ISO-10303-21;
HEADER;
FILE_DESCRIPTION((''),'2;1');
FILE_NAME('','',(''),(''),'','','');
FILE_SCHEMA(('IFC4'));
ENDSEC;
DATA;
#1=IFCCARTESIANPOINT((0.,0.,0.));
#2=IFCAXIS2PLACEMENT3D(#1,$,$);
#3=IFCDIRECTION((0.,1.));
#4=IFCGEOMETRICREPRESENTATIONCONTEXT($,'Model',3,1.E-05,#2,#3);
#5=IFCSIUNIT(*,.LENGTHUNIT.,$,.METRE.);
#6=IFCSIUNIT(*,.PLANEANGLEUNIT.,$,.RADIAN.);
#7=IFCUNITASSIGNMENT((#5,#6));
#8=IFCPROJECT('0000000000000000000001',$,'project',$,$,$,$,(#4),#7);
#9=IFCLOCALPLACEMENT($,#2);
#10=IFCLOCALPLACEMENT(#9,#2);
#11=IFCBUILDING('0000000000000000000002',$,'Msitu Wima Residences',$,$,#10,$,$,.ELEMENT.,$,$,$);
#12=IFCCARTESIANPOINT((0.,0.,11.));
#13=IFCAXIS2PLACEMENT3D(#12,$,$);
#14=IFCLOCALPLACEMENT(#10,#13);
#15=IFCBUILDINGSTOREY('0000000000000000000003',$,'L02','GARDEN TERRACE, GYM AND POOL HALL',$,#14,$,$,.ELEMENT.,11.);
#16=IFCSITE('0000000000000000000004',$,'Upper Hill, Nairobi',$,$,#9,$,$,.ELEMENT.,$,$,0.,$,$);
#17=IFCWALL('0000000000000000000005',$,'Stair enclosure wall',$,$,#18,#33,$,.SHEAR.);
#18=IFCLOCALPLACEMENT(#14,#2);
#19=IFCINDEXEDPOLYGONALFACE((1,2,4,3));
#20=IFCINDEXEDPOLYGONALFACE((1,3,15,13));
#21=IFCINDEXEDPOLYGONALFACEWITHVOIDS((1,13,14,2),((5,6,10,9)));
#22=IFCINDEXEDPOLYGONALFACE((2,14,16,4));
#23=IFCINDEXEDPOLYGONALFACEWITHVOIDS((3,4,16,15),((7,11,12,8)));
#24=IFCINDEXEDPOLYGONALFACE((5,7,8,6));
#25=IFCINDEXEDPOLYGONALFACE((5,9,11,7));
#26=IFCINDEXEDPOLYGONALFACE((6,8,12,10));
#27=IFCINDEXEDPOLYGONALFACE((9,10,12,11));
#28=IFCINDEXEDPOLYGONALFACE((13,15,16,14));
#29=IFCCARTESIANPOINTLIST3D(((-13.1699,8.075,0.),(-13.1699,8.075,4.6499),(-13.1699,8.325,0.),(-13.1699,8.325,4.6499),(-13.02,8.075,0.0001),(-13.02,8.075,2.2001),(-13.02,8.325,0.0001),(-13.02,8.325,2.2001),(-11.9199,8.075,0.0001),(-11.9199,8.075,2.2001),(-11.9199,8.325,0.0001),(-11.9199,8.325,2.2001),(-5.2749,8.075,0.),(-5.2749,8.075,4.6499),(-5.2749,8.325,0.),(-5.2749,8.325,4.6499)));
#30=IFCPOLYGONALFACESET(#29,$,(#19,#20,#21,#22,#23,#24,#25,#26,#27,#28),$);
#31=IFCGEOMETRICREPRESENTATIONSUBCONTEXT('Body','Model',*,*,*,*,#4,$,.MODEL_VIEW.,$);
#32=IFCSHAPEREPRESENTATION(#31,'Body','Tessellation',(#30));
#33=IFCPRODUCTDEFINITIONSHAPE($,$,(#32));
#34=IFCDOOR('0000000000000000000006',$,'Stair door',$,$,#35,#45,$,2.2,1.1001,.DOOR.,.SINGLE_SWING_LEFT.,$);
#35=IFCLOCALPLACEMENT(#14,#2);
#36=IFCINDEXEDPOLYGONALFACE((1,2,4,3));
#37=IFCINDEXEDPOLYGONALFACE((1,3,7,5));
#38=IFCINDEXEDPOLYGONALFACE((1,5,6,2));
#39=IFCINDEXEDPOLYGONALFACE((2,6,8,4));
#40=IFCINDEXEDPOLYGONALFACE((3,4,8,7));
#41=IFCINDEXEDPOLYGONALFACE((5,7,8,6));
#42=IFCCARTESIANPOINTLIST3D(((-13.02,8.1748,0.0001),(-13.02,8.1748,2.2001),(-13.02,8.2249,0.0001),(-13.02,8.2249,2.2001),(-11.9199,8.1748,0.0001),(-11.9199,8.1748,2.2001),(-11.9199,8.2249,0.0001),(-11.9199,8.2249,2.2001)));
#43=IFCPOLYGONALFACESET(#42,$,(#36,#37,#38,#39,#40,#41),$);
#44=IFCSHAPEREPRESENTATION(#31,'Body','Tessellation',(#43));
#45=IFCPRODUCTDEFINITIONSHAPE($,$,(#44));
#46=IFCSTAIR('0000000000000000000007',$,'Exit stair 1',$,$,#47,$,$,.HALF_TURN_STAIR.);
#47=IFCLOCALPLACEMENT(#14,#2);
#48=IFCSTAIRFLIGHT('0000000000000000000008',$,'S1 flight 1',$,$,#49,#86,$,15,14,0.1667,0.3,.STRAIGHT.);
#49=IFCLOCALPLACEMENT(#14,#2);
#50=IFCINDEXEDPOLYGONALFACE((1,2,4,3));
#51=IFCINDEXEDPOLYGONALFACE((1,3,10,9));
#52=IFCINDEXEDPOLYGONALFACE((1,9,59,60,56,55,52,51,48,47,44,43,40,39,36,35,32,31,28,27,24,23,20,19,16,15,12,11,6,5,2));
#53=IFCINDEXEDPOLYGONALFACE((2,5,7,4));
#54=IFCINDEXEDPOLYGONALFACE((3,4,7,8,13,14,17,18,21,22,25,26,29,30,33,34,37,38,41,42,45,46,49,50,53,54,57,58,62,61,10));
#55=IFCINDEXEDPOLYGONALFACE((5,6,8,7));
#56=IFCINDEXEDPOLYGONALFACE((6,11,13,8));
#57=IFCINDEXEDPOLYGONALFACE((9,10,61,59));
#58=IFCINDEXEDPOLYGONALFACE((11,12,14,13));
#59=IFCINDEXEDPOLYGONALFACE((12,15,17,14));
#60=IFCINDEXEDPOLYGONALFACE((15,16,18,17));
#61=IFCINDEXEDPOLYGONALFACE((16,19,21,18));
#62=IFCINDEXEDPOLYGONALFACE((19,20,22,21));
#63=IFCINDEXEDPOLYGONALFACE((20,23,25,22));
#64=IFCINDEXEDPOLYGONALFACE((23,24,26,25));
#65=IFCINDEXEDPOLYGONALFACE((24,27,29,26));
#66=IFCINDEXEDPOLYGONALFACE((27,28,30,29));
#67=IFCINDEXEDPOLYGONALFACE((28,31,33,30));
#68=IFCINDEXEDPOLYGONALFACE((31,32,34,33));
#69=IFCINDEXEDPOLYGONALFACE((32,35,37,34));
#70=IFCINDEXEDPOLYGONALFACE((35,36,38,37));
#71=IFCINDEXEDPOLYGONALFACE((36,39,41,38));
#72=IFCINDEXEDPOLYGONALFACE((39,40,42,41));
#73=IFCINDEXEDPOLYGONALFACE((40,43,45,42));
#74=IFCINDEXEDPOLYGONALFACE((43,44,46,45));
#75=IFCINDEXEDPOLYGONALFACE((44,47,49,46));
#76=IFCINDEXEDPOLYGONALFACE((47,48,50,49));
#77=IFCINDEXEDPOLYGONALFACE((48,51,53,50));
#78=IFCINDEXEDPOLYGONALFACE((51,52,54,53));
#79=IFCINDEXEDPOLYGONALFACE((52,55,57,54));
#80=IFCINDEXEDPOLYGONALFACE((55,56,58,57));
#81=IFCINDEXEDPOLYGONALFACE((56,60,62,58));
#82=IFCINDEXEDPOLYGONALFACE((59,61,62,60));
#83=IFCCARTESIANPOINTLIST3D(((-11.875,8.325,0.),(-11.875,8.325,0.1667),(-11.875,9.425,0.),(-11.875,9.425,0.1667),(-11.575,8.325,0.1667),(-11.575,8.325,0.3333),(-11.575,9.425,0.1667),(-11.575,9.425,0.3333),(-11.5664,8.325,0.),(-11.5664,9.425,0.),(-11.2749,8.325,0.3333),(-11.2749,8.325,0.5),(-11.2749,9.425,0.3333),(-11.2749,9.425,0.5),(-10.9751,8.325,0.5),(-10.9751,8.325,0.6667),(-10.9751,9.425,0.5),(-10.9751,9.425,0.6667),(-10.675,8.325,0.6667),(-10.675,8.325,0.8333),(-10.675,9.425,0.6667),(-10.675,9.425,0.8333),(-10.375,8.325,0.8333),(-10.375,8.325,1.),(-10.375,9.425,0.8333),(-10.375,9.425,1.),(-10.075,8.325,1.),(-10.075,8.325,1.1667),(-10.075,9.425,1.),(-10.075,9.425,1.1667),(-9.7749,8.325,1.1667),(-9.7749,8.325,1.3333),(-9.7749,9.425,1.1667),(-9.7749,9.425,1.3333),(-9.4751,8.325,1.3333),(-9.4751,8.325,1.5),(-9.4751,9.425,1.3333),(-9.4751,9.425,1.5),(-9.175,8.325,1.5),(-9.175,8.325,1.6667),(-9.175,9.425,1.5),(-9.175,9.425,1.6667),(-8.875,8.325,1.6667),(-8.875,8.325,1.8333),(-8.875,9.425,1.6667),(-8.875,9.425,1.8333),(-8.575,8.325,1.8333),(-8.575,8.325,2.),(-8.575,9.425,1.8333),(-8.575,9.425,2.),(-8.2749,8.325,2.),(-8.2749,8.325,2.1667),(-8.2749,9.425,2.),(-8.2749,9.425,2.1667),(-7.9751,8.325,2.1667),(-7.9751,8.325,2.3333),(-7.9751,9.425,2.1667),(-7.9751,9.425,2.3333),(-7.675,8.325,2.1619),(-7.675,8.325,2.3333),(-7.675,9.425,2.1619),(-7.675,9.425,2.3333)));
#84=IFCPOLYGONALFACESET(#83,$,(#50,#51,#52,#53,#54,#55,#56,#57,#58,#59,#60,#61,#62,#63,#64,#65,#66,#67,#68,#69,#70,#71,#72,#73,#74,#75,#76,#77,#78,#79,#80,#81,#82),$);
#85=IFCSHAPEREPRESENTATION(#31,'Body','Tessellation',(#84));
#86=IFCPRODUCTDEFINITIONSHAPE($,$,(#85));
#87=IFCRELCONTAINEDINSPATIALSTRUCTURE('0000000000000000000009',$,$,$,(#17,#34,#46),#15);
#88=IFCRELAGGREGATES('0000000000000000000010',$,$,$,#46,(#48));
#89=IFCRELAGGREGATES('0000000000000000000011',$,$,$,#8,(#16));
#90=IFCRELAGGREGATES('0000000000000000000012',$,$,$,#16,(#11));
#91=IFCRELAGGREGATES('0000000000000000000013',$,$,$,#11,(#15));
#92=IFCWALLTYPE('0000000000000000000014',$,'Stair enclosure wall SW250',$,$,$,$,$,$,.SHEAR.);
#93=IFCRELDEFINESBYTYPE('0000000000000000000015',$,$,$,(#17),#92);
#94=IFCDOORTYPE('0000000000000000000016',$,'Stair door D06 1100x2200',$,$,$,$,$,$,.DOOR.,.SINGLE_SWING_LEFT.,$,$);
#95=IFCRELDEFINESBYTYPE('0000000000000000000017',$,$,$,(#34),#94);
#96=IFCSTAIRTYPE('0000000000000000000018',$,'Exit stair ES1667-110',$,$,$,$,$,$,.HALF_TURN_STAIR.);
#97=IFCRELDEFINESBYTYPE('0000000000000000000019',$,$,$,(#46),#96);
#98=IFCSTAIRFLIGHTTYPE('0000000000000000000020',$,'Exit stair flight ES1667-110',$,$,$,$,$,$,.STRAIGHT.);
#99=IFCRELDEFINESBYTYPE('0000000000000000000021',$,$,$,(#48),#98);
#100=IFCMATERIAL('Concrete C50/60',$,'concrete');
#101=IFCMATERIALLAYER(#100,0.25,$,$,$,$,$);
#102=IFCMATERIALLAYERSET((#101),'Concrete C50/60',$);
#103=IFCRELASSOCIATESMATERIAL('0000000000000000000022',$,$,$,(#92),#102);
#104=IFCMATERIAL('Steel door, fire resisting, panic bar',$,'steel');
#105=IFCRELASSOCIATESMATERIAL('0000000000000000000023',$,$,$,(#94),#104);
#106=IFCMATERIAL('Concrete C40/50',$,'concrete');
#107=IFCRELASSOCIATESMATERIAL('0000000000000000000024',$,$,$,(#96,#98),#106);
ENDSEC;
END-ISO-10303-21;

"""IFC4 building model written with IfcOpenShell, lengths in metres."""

from ifc_helpers import new_model, si_unit, direction, frame, frame_2d, origin, place, context, subcontext, project, spatial, polyline, rectangle, outline, extrude, material, layer, layer_set, type_object, element, fill, aggregate, save


model = new_model("IFC4")

# Units and contexts
model_context = context("Model", 3, precision=1e-05, world=origin(), true_north=direction((0.0, 1.0)))
body_context = subcontext(model_context, "Body", "Model", "MODEL_VIEW")
ifc_project = project(units=[si_unit("LENGTHUNIT", "METRE"), si_unit("PLANEANGLEUNIT", "RADIAN")], contexts=[model_context])

# Site, building, storey
site_placement = place(None, origin())
site = spatial("IfcSite", under=ifc_project, at=site_placement, Name="Upper Hill, Nairobi", CompositionType="ELEMENT", RefElevation=0.0)
building_placement = place(site_placement, origin())
building = spatial("IfcBuilding", under=site, at=building_placement, Name="Msitu Wima Residences", CompositionType="ELEMENT")
storey_placement = place(building_placement, frame((0.0, 0.0, 11.0)))
storey = spatial("IfcBuildingStorey", under=building, at=storey_placement, Name="L02", Description="GARDEN TERRACE, GYM AND POOL HALL", CompositionType="ELEMENT", Elevation=11.0)

# Wall, opening, door
ifc_material_1 = material(Name="Concrete C50/60", Category="concrete")
ifc_layer_1 = layer(ifc_material_1, 0.25)
ifc_layer_set_1 = layer_set([ifc_layer_1], Name="Concrete C50/60")
wall_type_1 = type_object("IfcWallType", Name="Stair enclosure wall SW250", PredefinedType="SHEAR", material=ifc_layer_set_1)
wall_1_placement = place(storey_placement, frame((-13.1699, 8.2, 0.0), z_axis=(0.0, 0.0, 1.0), x_axis=(1.0, 0.0, 0.0)))
wall_1 = element("IfcWall", 1, at=wall_1_placement, inside=storey, type_object=wall_type_1, Name="Stair enclosure wall", PredefinedType="SHEAR", context=body_context, shape_type="SweptSolid", body=[
    extrude(rectangle(XDim=7.895, YDim=0.25, at=frame_2d((3.9475, 0.0))), origin(), (0.0, 0.0, 1.0), 4.6499),
])
opening_1_placement = place(wall_1_placement, frame((0.1499, 0.0, 0.0)))
opening_1 = element("IfcOpeningElement", 2, at=opening_1_placement, cuts=wall_1, PredefinedType="OPENING", context=body_context, shape_type="SweptSolid", body=[
    extrude(rectangle(XDim=1.1001, YDim=2.2, at=frame_2d((0.55, 1.1001))), frame((0.0, 0.135, 0.0), z_axis=(0.0, -1.0, 0.0), x_axis=(1.0, 0.0, 0.0)), (0.0, 0.0, 1.0), 0.27),
])
ifc_material_2 = material(Name="Steel door, fire resisting, panic bar", Category="steel")
door_type_1 = type_object("IfcDoorType", Name="Stair door D06 1100x2200", OperationType="SINGLE_SWING_LEFT", PredefinedType="DOOR", material=ifc_material_2)
door_1_placement = place(opening_1_placement, origin())
door_1 = element("IfcDoor", 3, at=door_1_placement, inside=storey, type_object=door_type_1, Name="Stair door", OperationType="SINGLE_SWING_LEFT", OverallHeight=2.2, OverallWidth=1.1001, PredefinedType="DOOR", context=body_context, shape_type="SweptSolid", body=[
    extrude(rectangle(XDim=1.1001, YDim=2.2, at=frame_2d((0.55, 1.1001))), frame((0.0, 0.0249, 0.0), z_axis=(0.0, -1.0, 0.0), x_axis=(1.0, 0.0, 0.0)), (0.0, 0.0, 1.0), 0.05),
])
fill(opening_1, door_1)

# Stair, stair flight
ifc_material_3 = material(Name="Concrete C40/50", Category="concrete")
stair_type = type_object("IfcStairType", Name="Exit stair ES1667-110", PredefinedType="HALF_TURN_STAIR", material=ifc_material_3)
stair_placement = place(storey_placement, origin())
stair = element("IfcStair", 4, at=stair_placement, inside=storey, type_object=stair_type, Name="Exit stair 1", PredefinedType="HALF_TURN_STAIR")
stair_flight_type = type_object("IfcStairFlightType", Name="Exit stair flight ES1667-110", PredefinedType="STRAIGHT", material=ifc_material_3)
stair_flight_placement = place(storey_placement, frame((-11.875, 8.875, 0.0), z_axis=(0.0, 0.0, 1.0), x_axis=(1.0, 0.0, 0.0)))
stair_flight = element("IfcStairFlight", 5, at=stair_flight_placement, type_object=stair_flight_type, Name="S1 flight 1", NumberOfRisers=15, NumberOfTreads=14, PredefinedType="STRAIGHT", RiserHeight=0.1667, TreadLength=0.3, context=body_context, shape_type="SweptSolid", body=[
    extrude(outline(polyline([(0.0, 0.0), (0.0, 0.1667), (0.3, 0.1667), (0.3, 0.3333), (0.6001, 0.3333), (0.6001, 0.5), (0.8999, 0.5), (0.8999, 0.6667), (1.2, 0.6667), (1.2, 0.8333), (1.5, 0.8333), (1.5, 1.0), (1.8, 1.0), (1.8, 1.1667), (2.1001, 1.1667), (2.1001, 1.3333), (2.3999, 1.3333), (2.3999, 1.5), (2.7, 1.5), (2.7, 1.6667), (3.0, 1.6667), (3.0, 1.8333), (3.3, 1.8333), (3.3, 2.0), (3.6001, 2.0), (3.6001, 2.1667), (3.8999, 2.1667), (3.8999, 2.3333), (4.2, 2.3333), (4.2, 2.5), (4.2, 2.1619), (0.3086, 0.0), (0.0, 0.0)])), frame((0.0, 0.55, 0.0), z_axis=(0.0, -1.0, 0.0), x_axis=(1.0, 0.0, 0.0)), (0.0, 0.0, 1.0), 1.1001),
])
aggregate(stair, [stair_flight])

save(model, "model.ifc")
